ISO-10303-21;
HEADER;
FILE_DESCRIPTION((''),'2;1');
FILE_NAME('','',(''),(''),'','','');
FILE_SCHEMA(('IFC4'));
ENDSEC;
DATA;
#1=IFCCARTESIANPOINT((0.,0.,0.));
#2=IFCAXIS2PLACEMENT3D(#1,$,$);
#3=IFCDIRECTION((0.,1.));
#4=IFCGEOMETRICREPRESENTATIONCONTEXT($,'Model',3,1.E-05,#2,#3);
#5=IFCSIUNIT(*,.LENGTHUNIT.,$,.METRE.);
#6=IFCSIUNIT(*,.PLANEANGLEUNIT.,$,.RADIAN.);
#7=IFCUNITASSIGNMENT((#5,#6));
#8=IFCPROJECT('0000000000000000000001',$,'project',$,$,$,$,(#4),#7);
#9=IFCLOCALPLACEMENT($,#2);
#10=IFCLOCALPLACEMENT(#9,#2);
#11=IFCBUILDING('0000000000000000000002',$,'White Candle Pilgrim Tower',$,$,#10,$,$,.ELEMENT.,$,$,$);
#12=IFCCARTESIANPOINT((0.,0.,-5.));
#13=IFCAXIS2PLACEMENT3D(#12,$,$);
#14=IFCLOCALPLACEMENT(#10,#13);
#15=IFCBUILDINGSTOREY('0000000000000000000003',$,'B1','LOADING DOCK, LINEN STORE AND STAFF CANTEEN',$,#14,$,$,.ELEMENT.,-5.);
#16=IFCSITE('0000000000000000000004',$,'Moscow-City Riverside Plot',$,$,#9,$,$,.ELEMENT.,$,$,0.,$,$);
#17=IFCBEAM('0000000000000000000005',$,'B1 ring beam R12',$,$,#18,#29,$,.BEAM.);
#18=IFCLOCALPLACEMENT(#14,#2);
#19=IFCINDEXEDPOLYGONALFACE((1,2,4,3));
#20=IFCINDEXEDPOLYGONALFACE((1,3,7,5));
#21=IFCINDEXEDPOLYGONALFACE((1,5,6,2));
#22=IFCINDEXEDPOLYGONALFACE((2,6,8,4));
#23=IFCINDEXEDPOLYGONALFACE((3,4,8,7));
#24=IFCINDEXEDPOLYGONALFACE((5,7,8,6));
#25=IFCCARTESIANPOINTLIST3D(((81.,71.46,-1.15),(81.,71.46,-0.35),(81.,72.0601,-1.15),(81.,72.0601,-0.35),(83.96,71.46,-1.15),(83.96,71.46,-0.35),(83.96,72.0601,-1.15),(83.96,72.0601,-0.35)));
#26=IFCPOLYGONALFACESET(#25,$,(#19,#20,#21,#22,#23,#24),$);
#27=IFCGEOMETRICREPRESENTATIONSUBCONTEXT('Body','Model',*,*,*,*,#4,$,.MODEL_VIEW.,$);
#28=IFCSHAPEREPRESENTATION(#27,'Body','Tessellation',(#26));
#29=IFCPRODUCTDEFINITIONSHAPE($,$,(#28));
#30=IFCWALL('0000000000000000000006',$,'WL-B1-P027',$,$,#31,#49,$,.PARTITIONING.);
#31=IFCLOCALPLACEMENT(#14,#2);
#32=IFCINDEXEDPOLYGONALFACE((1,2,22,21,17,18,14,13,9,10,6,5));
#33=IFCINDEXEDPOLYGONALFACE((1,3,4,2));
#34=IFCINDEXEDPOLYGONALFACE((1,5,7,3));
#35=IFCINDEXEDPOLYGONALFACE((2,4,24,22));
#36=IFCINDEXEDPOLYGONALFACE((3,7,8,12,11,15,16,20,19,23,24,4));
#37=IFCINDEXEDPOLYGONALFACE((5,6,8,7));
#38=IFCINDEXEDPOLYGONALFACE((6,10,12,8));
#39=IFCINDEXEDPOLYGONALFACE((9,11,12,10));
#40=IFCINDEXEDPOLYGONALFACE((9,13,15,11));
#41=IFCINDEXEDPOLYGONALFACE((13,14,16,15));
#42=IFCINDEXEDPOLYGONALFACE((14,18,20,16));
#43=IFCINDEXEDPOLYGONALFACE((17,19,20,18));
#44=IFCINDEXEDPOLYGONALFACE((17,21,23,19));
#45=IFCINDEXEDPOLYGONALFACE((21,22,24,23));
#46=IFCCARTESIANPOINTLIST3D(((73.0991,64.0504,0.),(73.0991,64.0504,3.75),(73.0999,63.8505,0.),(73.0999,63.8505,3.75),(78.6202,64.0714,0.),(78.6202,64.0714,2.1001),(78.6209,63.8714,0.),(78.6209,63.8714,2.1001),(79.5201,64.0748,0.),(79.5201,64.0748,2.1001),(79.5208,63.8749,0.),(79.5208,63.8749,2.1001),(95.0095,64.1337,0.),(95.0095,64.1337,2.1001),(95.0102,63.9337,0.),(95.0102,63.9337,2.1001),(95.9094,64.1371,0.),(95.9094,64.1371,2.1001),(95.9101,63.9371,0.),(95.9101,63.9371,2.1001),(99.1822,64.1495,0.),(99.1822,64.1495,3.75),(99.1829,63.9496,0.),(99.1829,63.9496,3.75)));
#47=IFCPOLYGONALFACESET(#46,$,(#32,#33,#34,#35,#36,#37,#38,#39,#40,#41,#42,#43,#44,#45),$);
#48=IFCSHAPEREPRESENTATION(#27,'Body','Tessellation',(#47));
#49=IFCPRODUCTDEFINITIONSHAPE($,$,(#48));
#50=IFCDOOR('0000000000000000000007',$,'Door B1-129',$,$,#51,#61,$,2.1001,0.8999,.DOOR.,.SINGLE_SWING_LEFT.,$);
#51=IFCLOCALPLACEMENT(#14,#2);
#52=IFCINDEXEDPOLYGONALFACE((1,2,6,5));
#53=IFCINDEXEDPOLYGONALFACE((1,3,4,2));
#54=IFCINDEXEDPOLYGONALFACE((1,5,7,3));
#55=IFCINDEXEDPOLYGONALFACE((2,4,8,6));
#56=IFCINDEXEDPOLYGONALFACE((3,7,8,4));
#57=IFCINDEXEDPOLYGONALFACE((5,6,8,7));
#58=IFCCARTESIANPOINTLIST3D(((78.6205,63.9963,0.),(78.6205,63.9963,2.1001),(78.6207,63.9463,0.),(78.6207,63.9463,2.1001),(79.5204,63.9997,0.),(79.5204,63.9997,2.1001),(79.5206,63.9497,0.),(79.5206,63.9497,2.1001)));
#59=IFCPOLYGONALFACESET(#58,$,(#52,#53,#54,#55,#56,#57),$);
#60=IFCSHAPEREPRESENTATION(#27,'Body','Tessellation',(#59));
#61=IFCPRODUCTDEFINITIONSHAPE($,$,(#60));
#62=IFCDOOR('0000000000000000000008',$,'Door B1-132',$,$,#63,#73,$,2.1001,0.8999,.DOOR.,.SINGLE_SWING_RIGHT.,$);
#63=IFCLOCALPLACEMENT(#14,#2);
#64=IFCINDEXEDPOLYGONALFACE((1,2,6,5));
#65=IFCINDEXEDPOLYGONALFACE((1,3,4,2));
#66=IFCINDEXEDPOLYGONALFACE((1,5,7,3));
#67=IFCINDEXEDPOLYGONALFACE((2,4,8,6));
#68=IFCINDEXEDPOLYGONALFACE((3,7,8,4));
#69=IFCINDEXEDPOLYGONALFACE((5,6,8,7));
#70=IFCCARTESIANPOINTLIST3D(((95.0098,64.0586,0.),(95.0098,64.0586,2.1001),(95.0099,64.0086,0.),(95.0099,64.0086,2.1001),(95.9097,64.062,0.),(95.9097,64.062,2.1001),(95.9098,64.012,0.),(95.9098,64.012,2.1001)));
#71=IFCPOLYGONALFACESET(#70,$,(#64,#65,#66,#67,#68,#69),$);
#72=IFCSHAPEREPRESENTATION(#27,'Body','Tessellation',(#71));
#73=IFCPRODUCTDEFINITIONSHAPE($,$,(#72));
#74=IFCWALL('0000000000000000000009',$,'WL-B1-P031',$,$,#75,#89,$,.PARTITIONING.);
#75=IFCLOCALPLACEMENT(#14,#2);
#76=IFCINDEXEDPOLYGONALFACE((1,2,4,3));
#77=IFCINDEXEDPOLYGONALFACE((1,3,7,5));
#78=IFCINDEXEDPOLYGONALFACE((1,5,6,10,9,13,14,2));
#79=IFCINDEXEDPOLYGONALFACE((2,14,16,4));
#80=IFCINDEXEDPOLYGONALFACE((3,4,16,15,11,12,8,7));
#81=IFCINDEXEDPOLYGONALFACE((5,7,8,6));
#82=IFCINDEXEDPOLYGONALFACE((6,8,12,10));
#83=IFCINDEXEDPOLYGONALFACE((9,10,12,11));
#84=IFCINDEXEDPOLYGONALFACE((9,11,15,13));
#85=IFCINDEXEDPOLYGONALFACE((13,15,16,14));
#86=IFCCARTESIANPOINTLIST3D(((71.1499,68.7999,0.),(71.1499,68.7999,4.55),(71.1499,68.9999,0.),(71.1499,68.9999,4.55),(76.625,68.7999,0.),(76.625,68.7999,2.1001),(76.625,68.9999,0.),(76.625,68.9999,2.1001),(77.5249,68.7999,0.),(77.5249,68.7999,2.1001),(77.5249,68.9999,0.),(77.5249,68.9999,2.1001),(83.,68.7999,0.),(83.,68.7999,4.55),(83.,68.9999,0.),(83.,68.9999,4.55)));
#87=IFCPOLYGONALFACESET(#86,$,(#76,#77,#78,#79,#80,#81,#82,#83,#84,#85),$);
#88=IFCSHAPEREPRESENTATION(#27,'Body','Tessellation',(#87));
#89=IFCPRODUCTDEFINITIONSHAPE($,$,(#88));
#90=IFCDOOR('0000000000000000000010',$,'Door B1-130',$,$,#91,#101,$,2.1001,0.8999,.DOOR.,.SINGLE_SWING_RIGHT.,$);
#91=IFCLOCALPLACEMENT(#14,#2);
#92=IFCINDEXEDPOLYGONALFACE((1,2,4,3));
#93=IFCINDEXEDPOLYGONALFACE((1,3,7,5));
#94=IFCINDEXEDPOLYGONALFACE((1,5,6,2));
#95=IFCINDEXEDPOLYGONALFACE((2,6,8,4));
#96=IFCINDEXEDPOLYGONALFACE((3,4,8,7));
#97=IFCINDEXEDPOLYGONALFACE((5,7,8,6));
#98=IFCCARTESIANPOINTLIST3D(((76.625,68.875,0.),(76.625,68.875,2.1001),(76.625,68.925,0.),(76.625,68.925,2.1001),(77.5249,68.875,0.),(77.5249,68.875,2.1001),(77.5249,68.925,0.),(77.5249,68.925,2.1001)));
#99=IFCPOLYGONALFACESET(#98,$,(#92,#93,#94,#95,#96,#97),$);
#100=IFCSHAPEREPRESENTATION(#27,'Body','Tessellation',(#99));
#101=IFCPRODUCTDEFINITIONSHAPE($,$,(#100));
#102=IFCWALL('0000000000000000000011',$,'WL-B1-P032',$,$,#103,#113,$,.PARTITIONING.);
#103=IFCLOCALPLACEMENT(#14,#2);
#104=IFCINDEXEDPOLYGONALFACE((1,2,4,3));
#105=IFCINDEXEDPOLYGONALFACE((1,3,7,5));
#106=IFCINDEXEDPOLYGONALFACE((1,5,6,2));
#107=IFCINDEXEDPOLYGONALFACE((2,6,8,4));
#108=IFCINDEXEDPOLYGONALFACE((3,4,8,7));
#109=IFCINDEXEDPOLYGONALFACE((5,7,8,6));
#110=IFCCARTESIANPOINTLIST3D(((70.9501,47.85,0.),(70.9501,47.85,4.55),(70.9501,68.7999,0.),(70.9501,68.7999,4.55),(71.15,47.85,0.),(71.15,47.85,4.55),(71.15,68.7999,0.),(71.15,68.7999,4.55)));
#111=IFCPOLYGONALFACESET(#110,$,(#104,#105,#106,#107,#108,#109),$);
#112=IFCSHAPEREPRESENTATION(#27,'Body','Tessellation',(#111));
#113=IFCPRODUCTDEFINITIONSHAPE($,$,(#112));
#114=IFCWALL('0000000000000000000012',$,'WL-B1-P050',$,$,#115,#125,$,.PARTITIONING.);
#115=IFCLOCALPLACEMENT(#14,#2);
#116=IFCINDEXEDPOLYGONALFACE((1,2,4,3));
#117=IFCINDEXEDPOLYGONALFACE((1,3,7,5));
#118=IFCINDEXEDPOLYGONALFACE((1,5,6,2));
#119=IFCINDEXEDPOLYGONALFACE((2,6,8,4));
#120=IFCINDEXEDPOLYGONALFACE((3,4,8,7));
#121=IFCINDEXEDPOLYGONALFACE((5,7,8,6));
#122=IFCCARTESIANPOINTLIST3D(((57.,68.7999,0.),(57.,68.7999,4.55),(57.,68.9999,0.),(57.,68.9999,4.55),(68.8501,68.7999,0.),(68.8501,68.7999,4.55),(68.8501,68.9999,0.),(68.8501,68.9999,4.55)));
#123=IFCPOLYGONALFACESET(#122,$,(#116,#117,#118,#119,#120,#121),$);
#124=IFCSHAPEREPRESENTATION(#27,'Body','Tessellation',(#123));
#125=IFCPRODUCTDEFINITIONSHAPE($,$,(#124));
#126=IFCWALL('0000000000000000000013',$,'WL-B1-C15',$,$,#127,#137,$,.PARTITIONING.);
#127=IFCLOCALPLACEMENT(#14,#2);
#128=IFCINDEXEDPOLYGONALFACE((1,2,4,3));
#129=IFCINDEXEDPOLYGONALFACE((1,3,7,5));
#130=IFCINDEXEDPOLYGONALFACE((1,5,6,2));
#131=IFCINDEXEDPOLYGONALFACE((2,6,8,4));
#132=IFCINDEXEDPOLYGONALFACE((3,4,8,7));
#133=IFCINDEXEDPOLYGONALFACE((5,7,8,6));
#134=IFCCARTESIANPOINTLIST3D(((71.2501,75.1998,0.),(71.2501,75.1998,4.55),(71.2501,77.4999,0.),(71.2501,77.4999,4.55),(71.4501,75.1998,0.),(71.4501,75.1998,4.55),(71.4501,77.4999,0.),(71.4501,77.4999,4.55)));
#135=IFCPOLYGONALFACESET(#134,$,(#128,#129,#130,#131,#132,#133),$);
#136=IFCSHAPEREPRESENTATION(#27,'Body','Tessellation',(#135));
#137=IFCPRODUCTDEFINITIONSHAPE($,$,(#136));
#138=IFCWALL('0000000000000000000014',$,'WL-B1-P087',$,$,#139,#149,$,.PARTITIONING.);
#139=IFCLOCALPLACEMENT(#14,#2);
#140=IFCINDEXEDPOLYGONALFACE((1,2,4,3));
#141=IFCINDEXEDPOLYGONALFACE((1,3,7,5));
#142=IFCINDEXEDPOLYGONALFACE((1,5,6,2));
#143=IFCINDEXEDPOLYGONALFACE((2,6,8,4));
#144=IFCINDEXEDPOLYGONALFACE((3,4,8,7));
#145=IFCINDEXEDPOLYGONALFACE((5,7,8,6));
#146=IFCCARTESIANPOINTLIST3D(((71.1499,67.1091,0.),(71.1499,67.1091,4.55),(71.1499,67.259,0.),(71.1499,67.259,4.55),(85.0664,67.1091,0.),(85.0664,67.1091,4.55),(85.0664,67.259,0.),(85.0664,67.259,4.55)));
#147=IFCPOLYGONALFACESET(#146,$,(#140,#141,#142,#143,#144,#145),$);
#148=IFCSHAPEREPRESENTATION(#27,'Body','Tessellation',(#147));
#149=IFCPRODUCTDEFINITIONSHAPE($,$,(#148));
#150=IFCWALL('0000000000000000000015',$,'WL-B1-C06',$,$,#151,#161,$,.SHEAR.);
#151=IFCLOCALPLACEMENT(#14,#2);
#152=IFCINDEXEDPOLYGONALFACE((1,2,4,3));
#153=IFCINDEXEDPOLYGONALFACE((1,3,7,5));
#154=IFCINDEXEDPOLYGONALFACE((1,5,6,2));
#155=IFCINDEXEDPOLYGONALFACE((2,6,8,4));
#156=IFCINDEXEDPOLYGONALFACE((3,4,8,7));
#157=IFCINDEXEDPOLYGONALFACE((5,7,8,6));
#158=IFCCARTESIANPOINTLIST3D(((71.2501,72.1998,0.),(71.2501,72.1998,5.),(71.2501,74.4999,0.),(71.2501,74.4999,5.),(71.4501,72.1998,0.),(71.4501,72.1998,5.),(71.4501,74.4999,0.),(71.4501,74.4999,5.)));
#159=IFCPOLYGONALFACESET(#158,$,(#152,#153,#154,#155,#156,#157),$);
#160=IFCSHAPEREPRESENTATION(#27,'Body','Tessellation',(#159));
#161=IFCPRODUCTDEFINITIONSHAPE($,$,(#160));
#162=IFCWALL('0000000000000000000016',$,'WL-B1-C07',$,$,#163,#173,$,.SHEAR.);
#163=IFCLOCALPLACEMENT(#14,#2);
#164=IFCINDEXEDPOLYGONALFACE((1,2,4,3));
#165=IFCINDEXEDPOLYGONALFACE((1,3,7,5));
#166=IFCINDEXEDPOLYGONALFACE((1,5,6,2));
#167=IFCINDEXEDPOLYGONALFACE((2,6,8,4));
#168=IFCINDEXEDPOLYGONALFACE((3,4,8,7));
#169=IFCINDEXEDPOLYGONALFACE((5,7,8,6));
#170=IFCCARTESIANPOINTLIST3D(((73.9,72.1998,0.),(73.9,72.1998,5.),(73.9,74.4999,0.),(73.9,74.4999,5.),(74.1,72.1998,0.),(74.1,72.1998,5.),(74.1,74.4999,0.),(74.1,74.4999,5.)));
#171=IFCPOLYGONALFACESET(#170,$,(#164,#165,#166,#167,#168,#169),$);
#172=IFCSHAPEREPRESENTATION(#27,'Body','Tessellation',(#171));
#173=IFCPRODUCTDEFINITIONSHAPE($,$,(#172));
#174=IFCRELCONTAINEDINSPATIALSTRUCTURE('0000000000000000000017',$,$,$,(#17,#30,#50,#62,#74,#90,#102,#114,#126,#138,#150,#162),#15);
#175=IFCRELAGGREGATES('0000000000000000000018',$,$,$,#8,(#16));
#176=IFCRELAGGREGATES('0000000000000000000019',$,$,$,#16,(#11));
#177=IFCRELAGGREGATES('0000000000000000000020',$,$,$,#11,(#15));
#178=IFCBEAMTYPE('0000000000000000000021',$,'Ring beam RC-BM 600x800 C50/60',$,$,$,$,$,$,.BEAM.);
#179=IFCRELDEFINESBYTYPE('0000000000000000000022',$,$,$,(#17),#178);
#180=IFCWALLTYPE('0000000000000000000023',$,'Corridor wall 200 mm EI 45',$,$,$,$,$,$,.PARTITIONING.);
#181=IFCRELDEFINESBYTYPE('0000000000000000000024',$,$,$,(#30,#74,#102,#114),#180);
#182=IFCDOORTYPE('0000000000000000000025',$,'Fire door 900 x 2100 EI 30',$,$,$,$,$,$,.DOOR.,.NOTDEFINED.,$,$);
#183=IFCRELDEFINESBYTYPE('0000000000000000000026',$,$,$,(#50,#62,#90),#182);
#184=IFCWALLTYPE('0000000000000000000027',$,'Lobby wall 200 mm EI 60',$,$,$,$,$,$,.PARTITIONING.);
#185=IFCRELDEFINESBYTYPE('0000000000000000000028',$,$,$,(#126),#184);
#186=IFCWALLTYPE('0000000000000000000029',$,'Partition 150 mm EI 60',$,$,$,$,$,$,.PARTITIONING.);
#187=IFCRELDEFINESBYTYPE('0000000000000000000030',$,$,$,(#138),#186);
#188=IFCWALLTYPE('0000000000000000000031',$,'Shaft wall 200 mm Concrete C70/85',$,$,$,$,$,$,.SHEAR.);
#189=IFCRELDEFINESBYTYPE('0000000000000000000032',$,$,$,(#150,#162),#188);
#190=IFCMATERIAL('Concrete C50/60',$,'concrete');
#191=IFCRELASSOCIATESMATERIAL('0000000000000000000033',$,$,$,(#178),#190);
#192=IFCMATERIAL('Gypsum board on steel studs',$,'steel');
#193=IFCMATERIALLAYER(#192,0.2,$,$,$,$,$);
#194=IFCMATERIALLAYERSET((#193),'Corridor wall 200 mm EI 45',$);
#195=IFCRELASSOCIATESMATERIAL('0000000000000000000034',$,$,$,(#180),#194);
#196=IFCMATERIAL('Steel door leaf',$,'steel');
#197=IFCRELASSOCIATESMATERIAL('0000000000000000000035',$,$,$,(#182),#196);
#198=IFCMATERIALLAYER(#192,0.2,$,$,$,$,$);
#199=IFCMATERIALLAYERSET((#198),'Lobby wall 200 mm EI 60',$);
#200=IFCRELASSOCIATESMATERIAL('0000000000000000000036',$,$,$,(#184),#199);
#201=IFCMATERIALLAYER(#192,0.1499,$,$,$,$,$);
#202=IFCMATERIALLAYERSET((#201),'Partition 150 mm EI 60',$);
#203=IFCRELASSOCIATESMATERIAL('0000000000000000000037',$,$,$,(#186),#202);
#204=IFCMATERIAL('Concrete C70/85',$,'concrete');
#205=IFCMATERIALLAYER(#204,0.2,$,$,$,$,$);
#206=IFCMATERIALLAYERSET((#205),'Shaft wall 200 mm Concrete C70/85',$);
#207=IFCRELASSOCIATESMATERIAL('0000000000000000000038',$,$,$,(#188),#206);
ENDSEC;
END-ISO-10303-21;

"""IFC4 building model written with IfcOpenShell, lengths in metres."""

from ifc_helpers import new_model, si_unit, direction, frame, frame_2d, origin, origin_2d, place, context, subcontext, project, spatial, rectangle, extrude, material, layer, layer_set, material_profile, profile_set, type_object, element, fill, save


model = new_model("IFC4")

# Units and contexts
model_context = context("Model", 3, precision=1e-05, world=origin(), true_north=direction((0.0, 1.0)))
body_context = subcontext(model_context, "Body", "Model", "MODEL_VIEW")
ifc_project = project(units=[si_unit("LENGTHUNIT", "METRE"), si_unit("PLANEANGLEUNIT", "RADIAN")], contexts=[model_context])

# Site, building, storey
site_placement = place(None, origin())
site = spatial("IfcSite", under=ifc_project, at=site_placement, Name="Moscow-City Riverside Plot", CompositionType="ELEMENT", RefElevation=0.0)
building_placement = place(site_placement, origin())
building = spatial("IfcBuilding", under=site, at=building_placement, Name="White Candle Pilgrim Tower", CompositionType="ELEMENT")
storey_placement = place(building_placement, frame((0.0, 0.0, -5.0)))
storey = spatial("IfcBuildingStorey", under=building, at=storey_placement, Name="B1", Description="LOADING DOCK, LINEN STORE AND STAFF CANTEEN", CompositionType="ELEMENT", Elevation=-5.0)

# Beam
ifc_material_1 = material(Name="Concrete C50/60", Category="concrete")
ifc_material_profile_1 = material_profile(ifc_material_1, rectangle(XDim=0.6001, YDim=0.8, at=origin_2d()), Name="RC-BM 600x800")
ifc_profile_set_1 = profile_set([ifc_material_profile_1], Name="Concrete C50/60")
beam_type = type_object("IfcBeamType", Name="Ring beam RC-BM 600x800 C50/60", PredefinedType="BEAM", material=ifc_profile_set_1)
beam_placement = place(storey_placement, frame((83.96, 71.76, -0.75), z_axis=(-1.0, 0.0, 0.0), x_axis=(0.0, -1.0, 0.0)))
element("IfcBeam", 1, at=beam_placement, inside=storey, type_object=beam_type, Name="B1 ring beam R12", PredefinedType="BEAM", context=body_context, shape_type="SweptSolid", body=[
    extrude(rectangle(XDim=0.6001, YDim=0.8, at=origin_2d()), origin(), (0.0, 0.0, 1.0), 2.96),
])

# Wall, openings, doors
ifc_material_2 = material(Name="Gypsum board on steel studs", Category="steel")
ifc_layer_1 = layer(ifc_material_2, 0.2)
ifc_layer_set_1 = layer_set([ifc_layer_1], Name="Corridor wall 200 mm EI 45")
wall_type_1 = type_object("IfcWallType", Name="Corridor wall 200 mm EI 45", PredefinedType="PARTITIONING", material=ifc_layer_set_1)
wall_1_placement = place(storey_placement, frame((73.0996, 63.9504, 0.0), z_axis=(0.0, 0.0, 1.0), x_axis=(0.999993, 0.0038, 0.0)))
wall_1 = element("IfcWall", 2, at=wall_1_placement, inside=storey, type_object=wall_type_1, Name="WL-B1-P027", PredefinedType="PARTITIONING", context=body_context, shape_type="SweptSolid", body=[
    extrude(rectangle(XDim=26.0833, YDim=0.2, at=frame_2d((13.0415, 0.0))), origin(), (0.0, 0.0, 1.0), 3.75),
])
opening_1_placement = place(wall_1_placement, frame((5.521, 0.0, 0.0)))
opening_1 = element("IfcOpeningElement", 3, at=opening_1_placement, cuts=wall_1, PredefinedType="OPENING", context=body_context, shape_type="SweptSolid", body=[
    extrude(rectangle(XDim=0.8999, YDim=2.1001, at=frame_2d((0.45, 1.05))), frame((0.0, 0.1099, 0.0), z_axis=(0.0, -1.0, 0.0), x_axis=(1.0, 0.0, 0.0)), (0.0, 0.0, 1.0), 0.22),
])
opening_2_placement = place(wall_1_placement, frame((21.9104, 0.0, 0.0)))
opening_2 = element("IfcOpeningElement", 4, at=opening_2_placement, cuts=wall_1, PredefinedType="OPENING", context=body_context, shape_type="SweptSolid", body=[
    extrude(rectangle(XDim=0.8999, YDim=2.1001, at=frame_2d((0.45, 1.05))), frame((0.0, 0.1099, 0.0), z_axis=(0.0, -1.0, 0.0), x_axis=(1.0, 0.0, 0.0)), (0.0, 0.0, 1.0), 0.22),
])
ifc_material_3 = material(Name="Steel door leaf", Category="steel")
door_type = type_object("IfcDoorType", Name="Fire door 900 x 2100 EI 30", OperationType="NOTDEFINED", PredefinedType="DOOR", material=ifc_material_3)
door_1_placement = place(opening_1_placement, origin())
door_1 = element("IfcDoor", 5, at=door_1_placement, inside=storey, type_object=door_type, Name="Door B1-129", OperationType="SINGLE_SWING_LEFT", OverallHeight=2.1001, OverallWidth=0.8999, PredefinedType="DOOR", context=body_context, shape_type="SweptSolid", body=[
    extrude(rectangle(XDim=0.8999, YDim=2.1001, at=frame_2d((0.45, 1.05))), frame((0.0, 0.0249, 0.0), z_axis=(0.0, -1.0, 0.0), x_axis=(1.0, 0.0, 0.0)), (0.0, 0.0, 1.0), 0.05),
])
fill(opening_1, door_1)
door_2_placement = place(opening_2_placement, origin())
door_2 = element("IfcDoor", 6, at=door_2_placement, inside=storey, type_object=door_type, Name="Door B1-132", OperationType="SINGLE_SWING_RIGHT", OverallHeight=2.1001, OverallWidth=0.8999, PredefinedType="DOOR", context=body_context, shape_type="SweptSolid", body=[
    extrude(rectangle(XDim=0.8999, YDim=2.1001, at=frame_2d((0.45, 1.05))), frame((0.0, 0.0249, 0.0), z_axis=(0.0, -1.0, 0.0), x_axis=(1.0, 0.0, 0.0)), (0.0, 0.0, 1.0), 0.05),
])
fill(opening_2, door_2)

# Wall, opening, door
wall_2_placement = place(storey_placement, frame((83.0, 68.8999, 0.0), z_axis=(0.0, 0.0, 1.0), x_axis=(-1.0, 0.0, 0.0)))
wall_2 = element("IfcWall", 7, at=wall_2_placement, inside=storey, type_object=wall_type_1, Name="WL-B1-P031", PredefinedType="PARTITIONING", context=body_context, shape_type="SweptSolid", body=[
    extrude(rectangle(XDim=11.8501, YDim=0.2, at=frame_2d((5.925, 0.0))), origin(), (0.0, 0.0, 1.0), 4.55),
])
opening_3_placement = place(wall_2_placement, frame((5.4751, 0.0, 0.0)))
opening_3 = element("IfcOpeningElement", 8, at=opening_3_placement, cuts=wall_2, PredefinedType="OPENING", context=body_context, shape_type="SweptSolid", body=[
    extrude(rectangle(XDim=0.8999, YDim=2.1001, at=frame_2d((0.45, 1.05))), frame((0.0, 0.1099, 0.0), z_axis=(0.0, -1.0, 0.0), x_axis=(1.0, 0.0, 0.0)), (0.0, 0.0, 1.0), 0.22),
])
door_3_placement = place(opening_3_placement, origin())
door_3 = element("IfcDoor", 9, at=door_3_placement, inside=storey, type_object=door_type, Name="Door B1-130", OperationType="SINGLE_SWING_RIGHT", OverallHeight=2.1001, OverallWidth=0.8999, PredefinedType="DOOR", context=body_context, shape_type="SweptSolid", body=[
    extrude(rectangle(XDim=0.8999, YDim=2.1001, at=frame_2d((0.45, 1.05))), frame((0.0, 0.0249, 0.0), z_axis=(0.0, -1.0, 0.0), x_axis=(1.0, 0.0, 0.0)), (0.0, 0.0, 1.0), 0.05),
])
fill(opening_3, door_3)

# Walls
wall_3_placement = place(storey_placement, frame((71.05, 68.8, 0.0), z_axis=(0.0, 0.0, 1.0), x_axis=(0.0, -1.0, 0.0)))
element("IfcWall", 10, at=wall_3_placement, inside=storey, type_object=wall_type_1, Name="WL-B1-P032", PredefinedType="PARTITIONING", context=body_context, shape_type="SweptSolid", body=[
    extrude(rectangle(XDim=20.95, YDim=0.2, at=frame_2d((10.4751, 0.0))), origin(), (0.0, 0.0, 1.0), 4.55),
])
wall_4_placement = place(storey_placement, frame((68.8501, 68.8999, 0.0), z_axis=(0.0, 0.0, 1.0), x_axis=(-1.0, 0.0, 0.0)))
element("IfcWall", 11, at=wall_4_placement, inside=storey, type_object=wall_type_1, Name="WL-B1-P050", PredefinedType="PARTITIONING", context=body_context, shape_type="SweptSolid", body=[
    extrude(rectangle(XDim=11.8501, YDim=0.2, at=frame_2d((5.925, 0.0))), origin(), (0.0, 0.0, 1.0), 4.55),
])
ifc_layer_2 = layer(ifc_material_2, 0.2)
ifc_layer_set_2 = layer_set([ifc_layer_2], Name="Lobby wall 200 mm EI 60")
wall_type_2 = type_object("IfcWallType", Name="Lobby wall 200 mm EI 60", PredefinedType="PARTITIONING", material=ifc_layer_set_2)
wall_5_placement = place(storey_placement, frame((71.3501, 75.2, 0.0), z_axis=(0.0, 0.0, 1.0), x_axis=(0.0, 1.0, 0.0)))
element("IfcWall", 12, at=wall_5_placement, inside=storey, type_object=wall_type_2, Name="WL-B1-C15", PredefinedType="PARTITIONING", context=body_context, shape_type="SweptSolid", body=[
    extrude(rectangle(XDim=2.3, YDim=0.2, at=frame_2d((1.1499, 0.0))), origin(), (0.0, 0.0, 1.0), 4.55),
])
ifc_layer_3 = layer(ifc_material_2, 0.1499)
ifc_layer_set_3 = layer_set([ifc_layer_3], Name="Partition 150 mm EI 60")
wall_type_3 = type_object("IfcWallType", Name="Partition 150 mm EI 60", PredefinedType="PARTITIONING", material=ifc_layer_set_3)
wall_6_placement = place(storey_placement, frame((71.1499, 67.1841, 0.0), z_axis=(0.0, 0.0, 1.0), x_axis=(1.0, 0.0, 0.0)))
element("IfcWall", 13, at=wall_6_placement, inside=storey, type_object=wall_type_3, Name="WL-B1-P087", PredefinedType="PARTITIONING", context=body_context, shape_type="SweptSolid", body=[
    extrude(rectangle(XDim=13.9165, YDim=0.1499, at=frame_2d((6.9583, 0.0))), origin(), (0.0, 0.0, 1.0), 4.55),
])
ifc_material_4 = material(Name="Concrete C70/85", Category="concrete")
ifc_layer_4 = layer(ifc_material_4, 0.2)
ifc_layer_set_4 = layer_set([ifc_layer_4], Name="Shaft wall 200 mm Concrete C70/85")
wall_type_4 = type_object("IfcWallType", Name="Shaft wall 200 mm Concrete C70/85", PredefinedType="SHEAR", material=ifc_layer_set_4)
for number, where, z_axis, x_axis, name in (
    (14, (71.3501, 72.2, 0.0), (0.0, 0.0, 1.0), (0.0, 1.0, 0.0), "WL-B1-C06"),
    (15, (74.0, 72.2, 0.0), (0.0, 0.0, 1.0), (0.0, 1.0, 0.0), "WL-B1-C07"),
):
    element("IfcWall", number, at=place(storey_placement, frame(where, z_axis=z_axis, x_axis=x_axis)), inside=storey, type_object=wall_type_4, Name=name, PredefinedType="SHEAR", context=body_context, shape_type="SweptSolid", body=[
        extrude(rectangle(XDim=2.3, YDim=0.2, at=frame_2d((1.1499, 0.0))), origin(), (0.0, 0.0, 1.0), 5.0),
    ])

save(model, "model.ifc")
